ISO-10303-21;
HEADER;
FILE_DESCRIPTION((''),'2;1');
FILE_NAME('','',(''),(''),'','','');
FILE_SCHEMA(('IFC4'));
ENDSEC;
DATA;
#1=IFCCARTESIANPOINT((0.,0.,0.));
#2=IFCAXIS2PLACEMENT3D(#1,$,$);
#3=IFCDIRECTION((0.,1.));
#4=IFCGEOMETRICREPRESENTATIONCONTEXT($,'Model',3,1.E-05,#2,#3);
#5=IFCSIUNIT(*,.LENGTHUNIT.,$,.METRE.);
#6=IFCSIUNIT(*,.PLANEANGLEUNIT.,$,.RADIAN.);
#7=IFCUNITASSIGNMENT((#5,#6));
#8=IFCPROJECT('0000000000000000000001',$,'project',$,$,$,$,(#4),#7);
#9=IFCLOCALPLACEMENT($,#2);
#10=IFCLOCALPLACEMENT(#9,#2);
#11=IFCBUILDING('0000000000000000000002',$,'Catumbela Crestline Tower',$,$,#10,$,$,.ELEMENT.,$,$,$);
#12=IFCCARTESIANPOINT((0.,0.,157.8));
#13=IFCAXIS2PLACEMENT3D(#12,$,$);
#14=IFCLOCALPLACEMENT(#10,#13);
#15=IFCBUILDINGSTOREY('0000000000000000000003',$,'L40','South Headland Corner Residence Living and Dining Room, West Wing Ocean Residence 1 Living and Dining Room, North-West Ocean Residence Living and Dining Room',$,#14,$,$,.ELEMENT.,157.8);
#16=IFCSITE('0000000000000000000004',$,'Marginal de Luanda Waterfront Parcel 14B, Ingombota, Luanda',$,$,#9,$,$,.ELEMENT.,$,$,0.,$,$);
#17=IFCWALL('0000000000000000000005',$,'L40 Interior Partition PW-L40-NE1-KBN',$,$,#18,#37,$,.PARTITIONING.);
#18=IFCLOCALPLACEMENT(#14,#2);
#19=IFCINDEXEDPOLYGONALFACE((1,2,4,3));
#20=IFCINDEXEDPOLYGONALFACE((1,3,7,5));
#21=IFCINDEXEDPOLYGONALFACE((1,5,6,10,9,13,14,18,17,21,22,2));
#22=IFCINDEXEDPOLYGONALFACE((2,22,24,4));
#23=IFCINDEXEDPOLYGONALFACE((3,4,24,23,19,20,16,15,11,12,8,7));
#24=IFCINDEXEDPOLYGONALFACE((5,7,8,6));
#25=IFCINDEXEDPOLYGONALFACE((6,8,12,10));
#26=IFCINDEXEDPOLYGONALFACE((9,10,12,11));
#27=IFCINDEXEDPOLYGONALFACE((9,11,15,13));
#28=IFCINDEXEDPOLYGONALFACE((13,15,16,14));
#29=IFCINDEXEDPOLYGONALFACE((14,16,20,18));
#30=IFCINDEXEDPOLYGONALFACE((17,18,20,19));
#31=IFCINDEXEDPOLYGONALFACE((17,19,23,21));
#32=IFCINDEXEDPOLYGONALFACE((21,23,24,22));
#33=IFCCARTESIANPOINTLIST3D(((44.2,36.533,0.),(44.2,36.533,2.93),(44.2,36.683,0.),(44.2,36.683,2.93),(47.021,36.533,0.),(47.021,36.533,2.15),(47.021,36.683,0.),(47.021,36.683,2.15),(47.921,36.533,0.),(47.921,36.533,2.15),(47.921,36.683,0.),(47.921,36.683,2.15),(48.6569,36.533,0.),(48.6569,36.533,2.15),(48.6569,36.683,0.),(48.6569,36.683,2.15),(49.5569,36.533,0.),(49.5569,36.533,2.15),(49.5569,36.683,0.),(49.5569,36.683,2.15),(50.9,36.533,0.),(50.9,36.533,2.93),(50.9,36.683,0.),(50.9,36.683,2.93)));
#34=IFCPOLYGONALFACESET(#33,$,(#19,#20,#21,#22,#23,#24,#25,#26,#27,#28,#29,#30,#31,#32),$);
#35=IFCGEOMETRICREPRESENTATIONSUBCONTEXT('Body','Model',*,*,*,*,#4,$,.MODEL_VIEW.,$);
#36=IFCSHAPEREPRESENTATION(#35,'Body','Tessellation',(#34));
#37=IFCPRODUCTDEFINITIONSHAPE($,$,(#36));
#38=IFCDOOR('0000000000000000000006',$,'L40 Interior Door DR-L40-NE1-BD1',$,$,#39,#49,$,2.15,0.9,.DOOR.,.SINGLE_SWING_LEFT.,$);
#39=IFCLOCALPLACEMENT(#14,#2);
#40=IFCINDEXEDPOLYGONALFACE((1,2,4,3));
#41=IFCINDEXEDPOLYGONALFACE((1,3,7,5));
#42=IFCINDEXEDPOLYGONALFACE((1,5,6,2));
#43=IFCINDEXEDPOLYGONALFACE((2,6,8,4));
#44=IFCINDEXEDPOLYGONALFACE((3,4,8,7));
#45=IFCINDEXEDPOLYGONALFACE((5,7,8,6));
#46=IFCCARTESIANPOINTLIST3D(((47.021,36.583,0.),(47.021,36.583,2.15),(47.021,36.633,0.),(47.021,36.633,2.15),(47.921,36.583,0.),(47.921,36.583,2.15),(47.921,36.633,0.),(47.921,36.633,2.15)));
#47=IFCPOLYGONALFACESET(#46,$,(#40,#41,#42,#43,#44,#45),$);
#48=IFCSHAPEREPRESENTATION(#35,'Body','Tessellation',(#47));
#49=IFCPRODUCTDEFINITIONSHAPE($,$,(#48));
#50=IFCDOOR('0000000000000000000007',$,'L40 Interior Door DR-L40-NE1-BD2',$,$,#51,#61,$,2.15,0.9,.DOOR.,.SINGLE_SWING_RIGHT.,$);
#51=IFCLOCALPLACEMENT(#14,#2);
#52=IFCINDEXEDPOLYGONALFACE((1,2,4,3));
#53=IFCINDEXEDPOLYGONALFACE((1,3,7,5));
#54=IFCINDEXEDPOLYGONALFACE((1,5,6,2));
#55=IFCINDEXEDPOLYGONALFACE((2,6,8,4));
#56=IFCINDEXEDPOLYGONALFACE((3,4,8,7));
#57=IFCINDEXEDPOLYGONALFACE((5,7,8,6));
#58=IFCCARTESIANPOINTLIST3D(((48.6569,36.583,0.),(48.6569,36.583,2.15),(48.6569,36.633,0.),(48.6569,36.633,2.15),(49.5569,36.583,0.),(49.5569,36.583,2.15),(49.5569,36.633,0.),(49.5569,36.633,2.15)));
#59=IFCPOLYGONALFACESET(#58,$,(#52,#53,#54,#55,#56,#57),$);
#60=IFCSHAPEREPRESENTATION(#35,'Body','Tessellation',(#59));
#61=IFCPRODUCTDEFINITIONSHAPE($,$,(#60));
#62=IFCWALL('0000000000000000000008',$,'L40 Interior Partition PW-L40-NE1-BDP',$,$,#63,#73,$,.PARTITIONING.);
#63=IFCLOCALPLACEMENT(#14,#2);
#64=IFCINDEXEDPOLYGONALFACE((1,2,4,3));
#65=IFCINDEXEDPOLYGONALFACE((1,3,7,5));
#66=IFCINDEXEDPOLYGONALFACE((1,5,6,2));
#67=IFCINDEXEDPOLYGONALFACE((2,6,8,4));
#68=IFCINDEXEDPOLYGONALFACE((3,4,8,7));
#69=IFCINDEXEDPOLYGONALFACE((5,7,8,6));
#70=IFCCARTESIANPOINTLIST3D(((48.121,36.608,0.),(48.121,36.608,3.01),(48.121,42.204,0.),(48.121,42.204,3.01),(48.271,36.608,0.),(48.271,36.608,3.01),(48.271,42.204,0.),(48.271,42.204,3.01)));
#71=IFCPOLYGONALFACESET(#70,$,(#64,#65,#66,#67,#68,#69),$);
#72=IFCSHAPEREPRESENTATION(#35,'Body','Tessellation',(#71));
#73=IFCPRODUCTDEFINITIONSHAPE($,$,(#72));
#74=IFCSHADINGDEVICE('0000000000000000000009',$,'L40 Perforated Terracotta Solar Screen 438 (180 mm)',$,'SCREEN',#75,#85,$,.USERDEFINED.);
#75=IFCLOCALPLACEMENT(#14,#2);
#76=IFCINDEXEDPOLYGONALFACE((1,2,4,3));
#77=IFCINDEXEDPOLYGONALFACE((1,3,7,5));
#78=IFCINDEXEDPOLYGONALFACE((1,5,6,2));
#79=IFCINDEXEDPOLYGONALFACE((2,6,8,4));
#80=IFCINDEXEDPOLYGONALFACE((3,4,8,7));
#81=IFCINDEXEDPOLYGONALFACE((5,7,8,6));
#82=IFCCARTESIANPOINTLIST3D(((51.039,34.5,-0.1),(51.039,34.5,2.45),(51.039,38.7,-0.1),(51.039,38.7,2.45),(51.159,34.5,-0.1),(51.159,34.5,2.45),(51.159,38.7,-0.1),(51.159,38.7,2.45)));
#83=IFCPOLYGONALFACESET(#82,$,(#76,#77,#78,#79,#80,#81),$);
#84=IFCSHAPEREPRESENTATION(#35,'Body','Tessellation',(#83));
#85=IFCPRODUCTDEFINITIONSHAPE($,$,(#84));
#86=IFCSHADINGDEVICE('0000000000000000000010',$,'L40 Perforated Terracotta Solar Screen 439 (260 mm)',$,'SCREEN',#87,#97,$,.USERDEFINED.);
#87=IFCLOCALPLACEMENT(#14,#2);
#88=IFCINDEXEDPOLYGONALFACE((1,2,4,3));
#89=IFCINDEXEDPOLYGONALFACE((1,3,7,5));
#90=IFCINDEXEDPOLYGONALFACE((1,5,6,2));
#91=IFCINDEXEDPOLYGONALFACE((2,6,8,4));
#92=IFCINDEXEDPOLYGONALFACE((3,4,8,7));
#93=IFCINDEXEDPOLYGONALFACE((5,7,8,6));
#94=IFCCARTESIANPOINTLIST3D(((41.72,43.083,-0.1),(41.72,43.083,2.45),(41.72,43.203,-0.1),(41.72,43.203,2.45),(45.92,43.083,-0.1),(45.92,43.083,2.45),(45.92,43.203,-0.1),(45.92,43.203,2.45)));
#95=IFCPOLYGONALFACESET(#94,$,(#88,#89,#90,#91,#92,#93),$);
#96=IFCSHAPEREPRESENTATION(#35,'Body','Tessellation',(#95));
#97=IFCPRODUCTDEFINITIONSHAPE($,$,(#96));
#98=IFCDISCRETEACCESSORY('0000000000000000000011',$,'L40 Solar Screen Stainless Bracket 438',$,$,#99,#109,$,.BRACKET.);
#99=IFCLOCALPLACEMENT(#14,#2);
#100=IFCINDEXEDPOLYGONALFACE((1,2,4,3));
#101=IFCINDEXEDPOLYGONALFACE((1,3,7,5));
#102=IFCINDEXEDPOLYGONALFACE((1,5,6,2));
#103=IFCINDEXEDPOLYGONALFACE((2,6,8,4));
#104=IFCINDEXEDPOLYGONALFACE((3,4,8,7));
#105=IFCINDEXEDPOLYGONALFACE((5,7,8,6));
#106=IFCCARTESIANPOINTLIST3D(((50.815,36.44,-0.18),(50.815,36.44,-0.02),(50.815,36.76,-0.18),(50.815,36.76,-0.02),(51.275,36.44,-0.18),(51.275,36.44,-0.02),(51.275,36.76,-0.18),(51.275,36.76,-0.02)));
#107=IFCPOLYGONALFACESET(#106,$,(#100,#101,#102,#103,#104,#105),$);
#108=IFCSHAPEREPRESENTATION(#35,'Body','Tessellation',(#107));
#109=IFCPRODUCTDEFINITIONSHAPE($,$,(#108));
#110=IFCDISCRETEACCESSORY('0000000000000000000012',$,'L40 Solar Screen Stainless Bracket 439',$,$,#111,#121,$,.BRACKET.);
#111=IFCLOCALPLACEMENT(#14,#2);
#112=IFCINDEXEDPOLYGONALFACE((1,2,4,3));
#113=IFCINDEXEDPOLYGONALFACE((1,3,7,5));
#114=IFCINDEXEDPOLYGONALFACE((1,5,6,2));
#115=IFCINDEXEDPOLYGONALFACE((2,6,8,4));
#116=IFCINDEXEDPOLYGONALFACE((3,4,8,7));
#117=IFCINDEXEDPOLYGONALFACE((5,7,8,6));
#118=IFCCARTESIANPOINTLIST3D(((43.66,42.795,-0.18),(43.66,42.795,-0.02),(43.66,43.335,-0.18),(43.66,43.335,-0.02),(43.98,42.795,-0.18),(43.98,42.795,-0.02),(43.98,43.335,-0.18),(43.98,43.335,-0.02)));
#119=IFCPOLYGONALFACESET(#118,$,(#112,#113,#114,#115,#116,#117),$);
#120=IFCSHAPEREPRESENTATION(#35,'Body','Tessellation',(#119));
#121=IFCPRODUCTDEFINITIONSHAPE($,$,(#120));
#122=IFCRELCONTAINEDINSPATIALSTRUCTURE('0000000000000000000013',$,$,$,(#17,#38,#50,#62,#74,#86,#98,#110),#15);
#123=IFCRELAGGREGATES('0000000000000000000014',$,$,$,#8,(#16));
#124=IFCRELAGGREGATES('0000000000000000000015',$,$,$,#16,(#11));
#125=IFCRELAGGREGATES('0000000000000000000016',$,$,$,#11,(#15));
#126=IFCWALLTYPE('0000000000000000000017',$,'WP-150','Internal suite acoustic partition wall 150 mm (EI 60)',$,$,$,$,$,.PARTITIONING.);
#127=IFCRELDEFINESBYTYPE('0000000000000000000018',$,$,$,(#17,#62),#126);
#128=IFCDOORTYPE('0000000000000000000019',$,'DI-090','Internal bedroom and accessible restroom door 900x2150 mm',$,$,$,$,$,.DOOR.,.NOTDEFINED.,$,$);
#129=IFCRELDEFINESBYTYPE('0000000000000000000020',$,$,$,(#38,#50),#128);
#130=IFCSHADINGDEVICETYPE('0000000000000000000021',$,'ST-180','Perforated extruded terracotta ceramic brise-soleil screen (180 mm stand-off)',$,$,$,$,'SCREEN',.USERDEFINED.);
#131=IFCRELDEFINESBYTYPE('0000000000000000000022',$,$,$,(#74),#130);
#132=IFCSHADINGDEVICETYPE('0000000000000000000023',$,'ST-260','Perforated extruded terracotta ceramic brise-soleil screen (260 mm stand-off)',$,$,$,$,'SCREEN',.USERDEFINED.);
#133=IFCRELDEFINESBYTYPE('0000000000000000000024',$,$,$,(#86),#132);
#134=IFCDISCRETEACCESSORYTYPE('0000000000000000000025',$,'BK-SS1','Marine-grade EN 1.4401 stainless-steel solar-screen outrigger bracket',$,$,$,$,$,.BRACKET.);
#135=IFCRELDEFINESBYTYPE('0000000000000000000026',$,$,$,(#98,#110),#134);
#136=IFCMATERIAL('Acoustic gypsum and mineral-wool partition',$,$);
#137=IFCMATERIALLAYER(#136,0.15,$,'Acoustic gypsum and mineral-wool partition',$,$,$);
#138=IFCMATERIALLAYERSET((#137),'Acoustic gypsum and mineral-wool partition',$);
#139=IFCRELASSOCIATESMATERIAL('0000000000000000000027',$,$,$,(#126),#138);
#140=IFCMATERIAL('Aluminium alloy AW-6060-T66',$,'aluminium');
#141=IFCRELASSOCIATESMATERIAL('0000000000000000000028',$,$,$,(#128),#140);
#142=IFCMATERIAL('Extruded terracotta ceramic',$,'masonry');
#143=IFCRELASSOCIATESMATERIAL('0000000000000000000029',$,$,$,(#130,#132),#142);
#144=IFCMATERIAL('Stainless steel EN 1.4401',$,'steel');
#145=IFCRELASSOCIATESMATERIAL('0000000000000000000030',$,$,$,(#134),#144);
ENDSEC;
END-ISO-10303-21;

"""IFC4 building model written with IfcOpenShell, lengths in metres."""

from ifc_helpers import new_model, si_unit, direction, frame, frame_2d, origin, origin_2d, place, context, subcontext, project, spatial, rectangle, extrude, material, layer, layer_set, type_object, element, fill, save


model = new_model("IFC4")

# Units and contexts
model_context = context("Model", 3, precision=1e-05, world=origin(), true_north=direction((0.0, 1.0)))
body_context = subcontext(model_context, "Body", "Model", "MODEL_VIEW")
ifc_project = project(units=[si_unit("LENGTHUNIT", "METRE"), si_unit("PLANEANGLEUNIT", "RADIAN")], contexts=[model_context])

# Site, building, storey
site_placement = place(None, origin())
site = spatial("IfcSite", under=ifc_project, at=site_placement, Name="Marginal de Luanda Waterfront Parcel 14B, Ingombota, Luanda", CompositionType="ELEMENT", RefElevation=0.0)
building_placement = place(site_placement, origin())
building = spatial("IfcBuilding", under=site, at=building_placement, Name="Catumbela Crestline Tower", CompositionType="ELEMENT")
storey_placement = place(building_placement, frame((0.0, 0.0, 157.8)))
storey = spatial("IfcBuildingStorey", under=building, at=storey_placement, Name="L40", Description="South Headland Corner Residence Living and Dining Room, West Wing Ocean Residence 1 Living and Dining Room, North-West Ocean Residence Living and Dining Room", CompositionType="ELEMENT", Elevation=157.8)

# Shared definitions
ifc_material_1 = material(Name="Aluminium alloy AW-6060-T66", Category="aluminium")

# Wall, openings, doors
ifc_material_2 = material(Name="Acoustic gypsum and mineral-wool partition")
ifc_layer_1 = layer(ifc_material_2, 0.15, Name="Acoustic gypsum and mineral-wool partition")
ifc_layer_set_1 = layer_set([ifc_layer_1], Name="Acoustic gypsum and mineral-wool partition")
wall_type_1 = type_object("IfcWallType", Name="WP-150", Description="Internal suite acoustic partition wall 150 mm (EI 60)", PredefinedType="PARTITIONING", material=ifc_layer_set_1)
wall_1_placement = place(storey_placement, frame((44.2, 36.608, 0.0), z_axis=(0.0, 0.0, 1.0), x_axis=(1.0, 0.0, 0.0)))
wall_1 = element("IfcWall", 1, at=wall_1_placement, inside=storey, type_object=wall_type_1, Name="L40 Interior Partition PW-L40-NE1-KBN", PredefinedType="PARTITIONING", context=body_context, shape_type="SweptSolid", body=[
    extrude(rectangle(XDim=6.7, YDim=0.15, at=frame_2d((3.35, 0.0))), origin(), (0.0, 0.0, 1.0), 2.93),
])
opening_1_placement = place(wall_1_placement, frame((2.821, 0.0, 0.0)))
opening_1 = element("IfcOpeningElement", 2, at=opening_1_placement, cuts=wall_1, PredefinedType="OPENING", context=body_context, shape_type="SweptSolid", body=[
    extrude(rectangle(XDim=0.9, YDim=2.15, at=frame_2d((0.45, 1.075))), frame((0.0, 0.085, 0.0), z_axis=(0.0, -1.0, 0.0), x_axis=(1.0, 0.0, 0.0)), (0.0, 0.0, 1.0), 0.17),
])
opening_2_placement = place(wall_1_placement, frame((4.4569, 0.0, 0.0)))
opening_2 = element("IfcOpeningElement", 3, at=opening_2_placement, cuts=wall_1, PredefinedType="OPENING", context=body_context, shape_type="SweptSolid", body=[
    extrude(rectangle(XDim=0.9, YDim=2.15, at=frame_2d((0.45, 1.075))), frame((0.0, 0.085, 0.0), z_axis=(0.0, -1.0, 0.0), x_axis=(1.0, 0.0, 0.0)), (0.0, 0.0, 1.0), 0.17),
])
door_type = type_object("IfcDoorType", Name="DI-090", Description="Internal bedroom and accessible restroom door 900x2150 mm", OperationType="NOTDEFINED", PredefinedType="DOOR", material=ifc_material_1)
door_1_placement = place(opening_1_placement, origin())
door_1 = element("IfcDoor", 4, at=door_1_placement, inside=storey, type_object=door_type, Name="L40 Interior Door DR-L40-NE1-BD1", OperationType="SINGLE_SWING_LEFT", OverallHeight=2.15, OverallWidth=0.9, PredefinedType="DOOR", context=body_context, shape_type="SweptSolid", body=[
    extrude(rectangle(XDim=0.9, YDim=2.15, at=frame_2d((0.45, 1.075))), frame((0.0, 0.025, 0.0), z_axis=(0.0, -1.0, 0.0), x_axis=(1.0, 0.0, 0.0)), (0.0, 0.0, 1.0), 0.05),
])
fill(opening_1, door_1)
door_2_placement = place(opening_2_placement, origin())
door_2 = element("IfcDoor", 5, at=door_2_placement, inside=storey, type_object=door_type, Name="L40 Interior Door DR-L40-NE1-BD2", OperationType="SINGLE_SWING_RIGHT", OverallHeight=2.15, OverallWidth=0.9, PredefinedType="DOOR", context=body_context, shape_type="SweptSolid", body=[
    extrude(rectangle(XDim=0.9, YDim=2.15, at=frame_2d((0.45, 1.075))), frame((0.0, 0.025, 0.0), z_axis=(0.0, -1.0, 0.0), x_axis=(1.0, 0.0, 0.0)), (0.0, 0.0, 1.0), 0.05),
])
fill(opening_2, door_2)

# Wall
wall_2_placement = place(storey_placement, frame((48.196, 36.608, 0.0), z_axis=(0.0, 0.0, 1.0), x_axis=(0.0, 1.0, 0.0)))
element("IfcWall", 6, at=wall_2_placement, inside=storey, type_object=wall_type_1, Name="L40 Interior Partition PW-L40-NE1-BDP", PredefinedType="PARTITIONING", context=body_context, shape_type="SweptSolid", body=[
    extrude(rectangle(XDim=5.596, YDim=0.15, at=frame_2d((2.798, 0.0))), origin(), (0.0, 0.0, 1.0), 3.01),
])

# Shading devices
ifc_material_3 = material(Name="Extruded terracotta ceramic", Category="masonry")
shading_device_type_1 = type_object("IfcShadingDeviceType", Name="ST-180", Description="Perforated extruded terracotta ceramic brise-soleil screen (180 mm stand-off)", ElementType="SCREEN", PredefinedType="USERDEFINED", material=ifc_material_3)
shading_device_1_placement = place(storey_placement, frame((51.099, 36.6, -0.1), z_axis=(0.0, 0.0, 1.0), x_axis=(0.0, 1.0, 0.0)))
element("IfcShadingDevice", 7, at=shading_device_1_placement, inside=storey, type_object=shading_device_type_1, Name="L40 Perforated Terracotta Solar Screen 438 (180 mm)", ObjectType="SCREEN", PredefinedType="USERDEFINED", context=body_context, shape_type="SweptSolid", body=[
    extrude(rectangle(XDim=4.2, YDim=0.12, at=origin_2d()), origin(), (0.0, 0.0, 1.0), 2.55),
])
shading_device_type_2 = type_object("IfcShadingDeviceType", Name="ST-260", Description="Perforated extruded terracotta ceramic brise-soleil screen (260 mm stand-off)", ElementType="SCREEN", PredefinedType="USERDEFINED", material=ifc_material_3)
shading_device_2_placement = place(storey_placement, frame((43.82, 43.143, -0.1), z_axis=(0.0, 0.0, 1.0), x_axis=(-1.0, 0.0, 0.0)))
element("IfcShadingDevice", 8, at=shading_device_2_placement, inside=storey, type_object=shading_device_type_2, Name="L40 Perforated Terracotta Solar Screen 439 (260 mm)", ObjectType="SCREEN", PredefinedType="USERDEFINED", context=body_context, shape_type="SweptSolid", body=[
    extrude(rectangle(XDim=4.2, YDim=0.12, at=origin_2d()), origin(), (0.0, 0.0, 1.0), 2.55),
])

# Discrete accessories
ifc_material_4 = material(Name="Stainless steel EN 1.4401", Category="steel")
discrete_accessory_type = type_object("IfcDiscreteAccessoryType", Name="BK-SS1", Description="Marine-grade EN 1.4401 stainless-steel solar-screen outrigger bracket", PredefinedType="BRACKET", material=ifc_material_4)
discrete_accessory_1_placement = place(storey_placement, frame((51.045, 36.6, -0.18), z_axis=(0.0, 0.0, 1.0), x_axis=(0.0, 1.0, 0.0)))
element("IfcDiscreteAccessory", 9, at=discrete_accessory_1_placement, inside=storey, type_object=discrete_accessory_type, Name="L40 Solar Screen Stainless Bracket 438", PredefinedType="BRACKET", context=body_context, shape_type="SweptSolid", body=[
    extrude(rectangle(XDim=0.32, YDim=0.46, at=origin_2d()), origin(), (0.0, 0.0, 1.0), 0.16),
])
discrete_accessory_2_placement = place(storey_placement, frame((43.82, 43.065, -0.18), z_axis=(0.0, 0.0, 1.0), x_axis=(-1.0, 0.0, 0.0)))
element("IfcDiscreteAccessory", 10, at=discrete_accessory_2_placement, inside=storey, type_object=discrete_accessory_type, Name="L40 Solar Screen Stainless Bracket 439", PredefinedType="BRACKET", context=body_context, shape_type="SweptSolid", body=[
    extrude(rectangle(XDim=0.32, YDim=0.54, at=origin_2d()), origin(), (0.0, 0.0, 1.0), 0.16),
])

save(model, "model.ifc")
